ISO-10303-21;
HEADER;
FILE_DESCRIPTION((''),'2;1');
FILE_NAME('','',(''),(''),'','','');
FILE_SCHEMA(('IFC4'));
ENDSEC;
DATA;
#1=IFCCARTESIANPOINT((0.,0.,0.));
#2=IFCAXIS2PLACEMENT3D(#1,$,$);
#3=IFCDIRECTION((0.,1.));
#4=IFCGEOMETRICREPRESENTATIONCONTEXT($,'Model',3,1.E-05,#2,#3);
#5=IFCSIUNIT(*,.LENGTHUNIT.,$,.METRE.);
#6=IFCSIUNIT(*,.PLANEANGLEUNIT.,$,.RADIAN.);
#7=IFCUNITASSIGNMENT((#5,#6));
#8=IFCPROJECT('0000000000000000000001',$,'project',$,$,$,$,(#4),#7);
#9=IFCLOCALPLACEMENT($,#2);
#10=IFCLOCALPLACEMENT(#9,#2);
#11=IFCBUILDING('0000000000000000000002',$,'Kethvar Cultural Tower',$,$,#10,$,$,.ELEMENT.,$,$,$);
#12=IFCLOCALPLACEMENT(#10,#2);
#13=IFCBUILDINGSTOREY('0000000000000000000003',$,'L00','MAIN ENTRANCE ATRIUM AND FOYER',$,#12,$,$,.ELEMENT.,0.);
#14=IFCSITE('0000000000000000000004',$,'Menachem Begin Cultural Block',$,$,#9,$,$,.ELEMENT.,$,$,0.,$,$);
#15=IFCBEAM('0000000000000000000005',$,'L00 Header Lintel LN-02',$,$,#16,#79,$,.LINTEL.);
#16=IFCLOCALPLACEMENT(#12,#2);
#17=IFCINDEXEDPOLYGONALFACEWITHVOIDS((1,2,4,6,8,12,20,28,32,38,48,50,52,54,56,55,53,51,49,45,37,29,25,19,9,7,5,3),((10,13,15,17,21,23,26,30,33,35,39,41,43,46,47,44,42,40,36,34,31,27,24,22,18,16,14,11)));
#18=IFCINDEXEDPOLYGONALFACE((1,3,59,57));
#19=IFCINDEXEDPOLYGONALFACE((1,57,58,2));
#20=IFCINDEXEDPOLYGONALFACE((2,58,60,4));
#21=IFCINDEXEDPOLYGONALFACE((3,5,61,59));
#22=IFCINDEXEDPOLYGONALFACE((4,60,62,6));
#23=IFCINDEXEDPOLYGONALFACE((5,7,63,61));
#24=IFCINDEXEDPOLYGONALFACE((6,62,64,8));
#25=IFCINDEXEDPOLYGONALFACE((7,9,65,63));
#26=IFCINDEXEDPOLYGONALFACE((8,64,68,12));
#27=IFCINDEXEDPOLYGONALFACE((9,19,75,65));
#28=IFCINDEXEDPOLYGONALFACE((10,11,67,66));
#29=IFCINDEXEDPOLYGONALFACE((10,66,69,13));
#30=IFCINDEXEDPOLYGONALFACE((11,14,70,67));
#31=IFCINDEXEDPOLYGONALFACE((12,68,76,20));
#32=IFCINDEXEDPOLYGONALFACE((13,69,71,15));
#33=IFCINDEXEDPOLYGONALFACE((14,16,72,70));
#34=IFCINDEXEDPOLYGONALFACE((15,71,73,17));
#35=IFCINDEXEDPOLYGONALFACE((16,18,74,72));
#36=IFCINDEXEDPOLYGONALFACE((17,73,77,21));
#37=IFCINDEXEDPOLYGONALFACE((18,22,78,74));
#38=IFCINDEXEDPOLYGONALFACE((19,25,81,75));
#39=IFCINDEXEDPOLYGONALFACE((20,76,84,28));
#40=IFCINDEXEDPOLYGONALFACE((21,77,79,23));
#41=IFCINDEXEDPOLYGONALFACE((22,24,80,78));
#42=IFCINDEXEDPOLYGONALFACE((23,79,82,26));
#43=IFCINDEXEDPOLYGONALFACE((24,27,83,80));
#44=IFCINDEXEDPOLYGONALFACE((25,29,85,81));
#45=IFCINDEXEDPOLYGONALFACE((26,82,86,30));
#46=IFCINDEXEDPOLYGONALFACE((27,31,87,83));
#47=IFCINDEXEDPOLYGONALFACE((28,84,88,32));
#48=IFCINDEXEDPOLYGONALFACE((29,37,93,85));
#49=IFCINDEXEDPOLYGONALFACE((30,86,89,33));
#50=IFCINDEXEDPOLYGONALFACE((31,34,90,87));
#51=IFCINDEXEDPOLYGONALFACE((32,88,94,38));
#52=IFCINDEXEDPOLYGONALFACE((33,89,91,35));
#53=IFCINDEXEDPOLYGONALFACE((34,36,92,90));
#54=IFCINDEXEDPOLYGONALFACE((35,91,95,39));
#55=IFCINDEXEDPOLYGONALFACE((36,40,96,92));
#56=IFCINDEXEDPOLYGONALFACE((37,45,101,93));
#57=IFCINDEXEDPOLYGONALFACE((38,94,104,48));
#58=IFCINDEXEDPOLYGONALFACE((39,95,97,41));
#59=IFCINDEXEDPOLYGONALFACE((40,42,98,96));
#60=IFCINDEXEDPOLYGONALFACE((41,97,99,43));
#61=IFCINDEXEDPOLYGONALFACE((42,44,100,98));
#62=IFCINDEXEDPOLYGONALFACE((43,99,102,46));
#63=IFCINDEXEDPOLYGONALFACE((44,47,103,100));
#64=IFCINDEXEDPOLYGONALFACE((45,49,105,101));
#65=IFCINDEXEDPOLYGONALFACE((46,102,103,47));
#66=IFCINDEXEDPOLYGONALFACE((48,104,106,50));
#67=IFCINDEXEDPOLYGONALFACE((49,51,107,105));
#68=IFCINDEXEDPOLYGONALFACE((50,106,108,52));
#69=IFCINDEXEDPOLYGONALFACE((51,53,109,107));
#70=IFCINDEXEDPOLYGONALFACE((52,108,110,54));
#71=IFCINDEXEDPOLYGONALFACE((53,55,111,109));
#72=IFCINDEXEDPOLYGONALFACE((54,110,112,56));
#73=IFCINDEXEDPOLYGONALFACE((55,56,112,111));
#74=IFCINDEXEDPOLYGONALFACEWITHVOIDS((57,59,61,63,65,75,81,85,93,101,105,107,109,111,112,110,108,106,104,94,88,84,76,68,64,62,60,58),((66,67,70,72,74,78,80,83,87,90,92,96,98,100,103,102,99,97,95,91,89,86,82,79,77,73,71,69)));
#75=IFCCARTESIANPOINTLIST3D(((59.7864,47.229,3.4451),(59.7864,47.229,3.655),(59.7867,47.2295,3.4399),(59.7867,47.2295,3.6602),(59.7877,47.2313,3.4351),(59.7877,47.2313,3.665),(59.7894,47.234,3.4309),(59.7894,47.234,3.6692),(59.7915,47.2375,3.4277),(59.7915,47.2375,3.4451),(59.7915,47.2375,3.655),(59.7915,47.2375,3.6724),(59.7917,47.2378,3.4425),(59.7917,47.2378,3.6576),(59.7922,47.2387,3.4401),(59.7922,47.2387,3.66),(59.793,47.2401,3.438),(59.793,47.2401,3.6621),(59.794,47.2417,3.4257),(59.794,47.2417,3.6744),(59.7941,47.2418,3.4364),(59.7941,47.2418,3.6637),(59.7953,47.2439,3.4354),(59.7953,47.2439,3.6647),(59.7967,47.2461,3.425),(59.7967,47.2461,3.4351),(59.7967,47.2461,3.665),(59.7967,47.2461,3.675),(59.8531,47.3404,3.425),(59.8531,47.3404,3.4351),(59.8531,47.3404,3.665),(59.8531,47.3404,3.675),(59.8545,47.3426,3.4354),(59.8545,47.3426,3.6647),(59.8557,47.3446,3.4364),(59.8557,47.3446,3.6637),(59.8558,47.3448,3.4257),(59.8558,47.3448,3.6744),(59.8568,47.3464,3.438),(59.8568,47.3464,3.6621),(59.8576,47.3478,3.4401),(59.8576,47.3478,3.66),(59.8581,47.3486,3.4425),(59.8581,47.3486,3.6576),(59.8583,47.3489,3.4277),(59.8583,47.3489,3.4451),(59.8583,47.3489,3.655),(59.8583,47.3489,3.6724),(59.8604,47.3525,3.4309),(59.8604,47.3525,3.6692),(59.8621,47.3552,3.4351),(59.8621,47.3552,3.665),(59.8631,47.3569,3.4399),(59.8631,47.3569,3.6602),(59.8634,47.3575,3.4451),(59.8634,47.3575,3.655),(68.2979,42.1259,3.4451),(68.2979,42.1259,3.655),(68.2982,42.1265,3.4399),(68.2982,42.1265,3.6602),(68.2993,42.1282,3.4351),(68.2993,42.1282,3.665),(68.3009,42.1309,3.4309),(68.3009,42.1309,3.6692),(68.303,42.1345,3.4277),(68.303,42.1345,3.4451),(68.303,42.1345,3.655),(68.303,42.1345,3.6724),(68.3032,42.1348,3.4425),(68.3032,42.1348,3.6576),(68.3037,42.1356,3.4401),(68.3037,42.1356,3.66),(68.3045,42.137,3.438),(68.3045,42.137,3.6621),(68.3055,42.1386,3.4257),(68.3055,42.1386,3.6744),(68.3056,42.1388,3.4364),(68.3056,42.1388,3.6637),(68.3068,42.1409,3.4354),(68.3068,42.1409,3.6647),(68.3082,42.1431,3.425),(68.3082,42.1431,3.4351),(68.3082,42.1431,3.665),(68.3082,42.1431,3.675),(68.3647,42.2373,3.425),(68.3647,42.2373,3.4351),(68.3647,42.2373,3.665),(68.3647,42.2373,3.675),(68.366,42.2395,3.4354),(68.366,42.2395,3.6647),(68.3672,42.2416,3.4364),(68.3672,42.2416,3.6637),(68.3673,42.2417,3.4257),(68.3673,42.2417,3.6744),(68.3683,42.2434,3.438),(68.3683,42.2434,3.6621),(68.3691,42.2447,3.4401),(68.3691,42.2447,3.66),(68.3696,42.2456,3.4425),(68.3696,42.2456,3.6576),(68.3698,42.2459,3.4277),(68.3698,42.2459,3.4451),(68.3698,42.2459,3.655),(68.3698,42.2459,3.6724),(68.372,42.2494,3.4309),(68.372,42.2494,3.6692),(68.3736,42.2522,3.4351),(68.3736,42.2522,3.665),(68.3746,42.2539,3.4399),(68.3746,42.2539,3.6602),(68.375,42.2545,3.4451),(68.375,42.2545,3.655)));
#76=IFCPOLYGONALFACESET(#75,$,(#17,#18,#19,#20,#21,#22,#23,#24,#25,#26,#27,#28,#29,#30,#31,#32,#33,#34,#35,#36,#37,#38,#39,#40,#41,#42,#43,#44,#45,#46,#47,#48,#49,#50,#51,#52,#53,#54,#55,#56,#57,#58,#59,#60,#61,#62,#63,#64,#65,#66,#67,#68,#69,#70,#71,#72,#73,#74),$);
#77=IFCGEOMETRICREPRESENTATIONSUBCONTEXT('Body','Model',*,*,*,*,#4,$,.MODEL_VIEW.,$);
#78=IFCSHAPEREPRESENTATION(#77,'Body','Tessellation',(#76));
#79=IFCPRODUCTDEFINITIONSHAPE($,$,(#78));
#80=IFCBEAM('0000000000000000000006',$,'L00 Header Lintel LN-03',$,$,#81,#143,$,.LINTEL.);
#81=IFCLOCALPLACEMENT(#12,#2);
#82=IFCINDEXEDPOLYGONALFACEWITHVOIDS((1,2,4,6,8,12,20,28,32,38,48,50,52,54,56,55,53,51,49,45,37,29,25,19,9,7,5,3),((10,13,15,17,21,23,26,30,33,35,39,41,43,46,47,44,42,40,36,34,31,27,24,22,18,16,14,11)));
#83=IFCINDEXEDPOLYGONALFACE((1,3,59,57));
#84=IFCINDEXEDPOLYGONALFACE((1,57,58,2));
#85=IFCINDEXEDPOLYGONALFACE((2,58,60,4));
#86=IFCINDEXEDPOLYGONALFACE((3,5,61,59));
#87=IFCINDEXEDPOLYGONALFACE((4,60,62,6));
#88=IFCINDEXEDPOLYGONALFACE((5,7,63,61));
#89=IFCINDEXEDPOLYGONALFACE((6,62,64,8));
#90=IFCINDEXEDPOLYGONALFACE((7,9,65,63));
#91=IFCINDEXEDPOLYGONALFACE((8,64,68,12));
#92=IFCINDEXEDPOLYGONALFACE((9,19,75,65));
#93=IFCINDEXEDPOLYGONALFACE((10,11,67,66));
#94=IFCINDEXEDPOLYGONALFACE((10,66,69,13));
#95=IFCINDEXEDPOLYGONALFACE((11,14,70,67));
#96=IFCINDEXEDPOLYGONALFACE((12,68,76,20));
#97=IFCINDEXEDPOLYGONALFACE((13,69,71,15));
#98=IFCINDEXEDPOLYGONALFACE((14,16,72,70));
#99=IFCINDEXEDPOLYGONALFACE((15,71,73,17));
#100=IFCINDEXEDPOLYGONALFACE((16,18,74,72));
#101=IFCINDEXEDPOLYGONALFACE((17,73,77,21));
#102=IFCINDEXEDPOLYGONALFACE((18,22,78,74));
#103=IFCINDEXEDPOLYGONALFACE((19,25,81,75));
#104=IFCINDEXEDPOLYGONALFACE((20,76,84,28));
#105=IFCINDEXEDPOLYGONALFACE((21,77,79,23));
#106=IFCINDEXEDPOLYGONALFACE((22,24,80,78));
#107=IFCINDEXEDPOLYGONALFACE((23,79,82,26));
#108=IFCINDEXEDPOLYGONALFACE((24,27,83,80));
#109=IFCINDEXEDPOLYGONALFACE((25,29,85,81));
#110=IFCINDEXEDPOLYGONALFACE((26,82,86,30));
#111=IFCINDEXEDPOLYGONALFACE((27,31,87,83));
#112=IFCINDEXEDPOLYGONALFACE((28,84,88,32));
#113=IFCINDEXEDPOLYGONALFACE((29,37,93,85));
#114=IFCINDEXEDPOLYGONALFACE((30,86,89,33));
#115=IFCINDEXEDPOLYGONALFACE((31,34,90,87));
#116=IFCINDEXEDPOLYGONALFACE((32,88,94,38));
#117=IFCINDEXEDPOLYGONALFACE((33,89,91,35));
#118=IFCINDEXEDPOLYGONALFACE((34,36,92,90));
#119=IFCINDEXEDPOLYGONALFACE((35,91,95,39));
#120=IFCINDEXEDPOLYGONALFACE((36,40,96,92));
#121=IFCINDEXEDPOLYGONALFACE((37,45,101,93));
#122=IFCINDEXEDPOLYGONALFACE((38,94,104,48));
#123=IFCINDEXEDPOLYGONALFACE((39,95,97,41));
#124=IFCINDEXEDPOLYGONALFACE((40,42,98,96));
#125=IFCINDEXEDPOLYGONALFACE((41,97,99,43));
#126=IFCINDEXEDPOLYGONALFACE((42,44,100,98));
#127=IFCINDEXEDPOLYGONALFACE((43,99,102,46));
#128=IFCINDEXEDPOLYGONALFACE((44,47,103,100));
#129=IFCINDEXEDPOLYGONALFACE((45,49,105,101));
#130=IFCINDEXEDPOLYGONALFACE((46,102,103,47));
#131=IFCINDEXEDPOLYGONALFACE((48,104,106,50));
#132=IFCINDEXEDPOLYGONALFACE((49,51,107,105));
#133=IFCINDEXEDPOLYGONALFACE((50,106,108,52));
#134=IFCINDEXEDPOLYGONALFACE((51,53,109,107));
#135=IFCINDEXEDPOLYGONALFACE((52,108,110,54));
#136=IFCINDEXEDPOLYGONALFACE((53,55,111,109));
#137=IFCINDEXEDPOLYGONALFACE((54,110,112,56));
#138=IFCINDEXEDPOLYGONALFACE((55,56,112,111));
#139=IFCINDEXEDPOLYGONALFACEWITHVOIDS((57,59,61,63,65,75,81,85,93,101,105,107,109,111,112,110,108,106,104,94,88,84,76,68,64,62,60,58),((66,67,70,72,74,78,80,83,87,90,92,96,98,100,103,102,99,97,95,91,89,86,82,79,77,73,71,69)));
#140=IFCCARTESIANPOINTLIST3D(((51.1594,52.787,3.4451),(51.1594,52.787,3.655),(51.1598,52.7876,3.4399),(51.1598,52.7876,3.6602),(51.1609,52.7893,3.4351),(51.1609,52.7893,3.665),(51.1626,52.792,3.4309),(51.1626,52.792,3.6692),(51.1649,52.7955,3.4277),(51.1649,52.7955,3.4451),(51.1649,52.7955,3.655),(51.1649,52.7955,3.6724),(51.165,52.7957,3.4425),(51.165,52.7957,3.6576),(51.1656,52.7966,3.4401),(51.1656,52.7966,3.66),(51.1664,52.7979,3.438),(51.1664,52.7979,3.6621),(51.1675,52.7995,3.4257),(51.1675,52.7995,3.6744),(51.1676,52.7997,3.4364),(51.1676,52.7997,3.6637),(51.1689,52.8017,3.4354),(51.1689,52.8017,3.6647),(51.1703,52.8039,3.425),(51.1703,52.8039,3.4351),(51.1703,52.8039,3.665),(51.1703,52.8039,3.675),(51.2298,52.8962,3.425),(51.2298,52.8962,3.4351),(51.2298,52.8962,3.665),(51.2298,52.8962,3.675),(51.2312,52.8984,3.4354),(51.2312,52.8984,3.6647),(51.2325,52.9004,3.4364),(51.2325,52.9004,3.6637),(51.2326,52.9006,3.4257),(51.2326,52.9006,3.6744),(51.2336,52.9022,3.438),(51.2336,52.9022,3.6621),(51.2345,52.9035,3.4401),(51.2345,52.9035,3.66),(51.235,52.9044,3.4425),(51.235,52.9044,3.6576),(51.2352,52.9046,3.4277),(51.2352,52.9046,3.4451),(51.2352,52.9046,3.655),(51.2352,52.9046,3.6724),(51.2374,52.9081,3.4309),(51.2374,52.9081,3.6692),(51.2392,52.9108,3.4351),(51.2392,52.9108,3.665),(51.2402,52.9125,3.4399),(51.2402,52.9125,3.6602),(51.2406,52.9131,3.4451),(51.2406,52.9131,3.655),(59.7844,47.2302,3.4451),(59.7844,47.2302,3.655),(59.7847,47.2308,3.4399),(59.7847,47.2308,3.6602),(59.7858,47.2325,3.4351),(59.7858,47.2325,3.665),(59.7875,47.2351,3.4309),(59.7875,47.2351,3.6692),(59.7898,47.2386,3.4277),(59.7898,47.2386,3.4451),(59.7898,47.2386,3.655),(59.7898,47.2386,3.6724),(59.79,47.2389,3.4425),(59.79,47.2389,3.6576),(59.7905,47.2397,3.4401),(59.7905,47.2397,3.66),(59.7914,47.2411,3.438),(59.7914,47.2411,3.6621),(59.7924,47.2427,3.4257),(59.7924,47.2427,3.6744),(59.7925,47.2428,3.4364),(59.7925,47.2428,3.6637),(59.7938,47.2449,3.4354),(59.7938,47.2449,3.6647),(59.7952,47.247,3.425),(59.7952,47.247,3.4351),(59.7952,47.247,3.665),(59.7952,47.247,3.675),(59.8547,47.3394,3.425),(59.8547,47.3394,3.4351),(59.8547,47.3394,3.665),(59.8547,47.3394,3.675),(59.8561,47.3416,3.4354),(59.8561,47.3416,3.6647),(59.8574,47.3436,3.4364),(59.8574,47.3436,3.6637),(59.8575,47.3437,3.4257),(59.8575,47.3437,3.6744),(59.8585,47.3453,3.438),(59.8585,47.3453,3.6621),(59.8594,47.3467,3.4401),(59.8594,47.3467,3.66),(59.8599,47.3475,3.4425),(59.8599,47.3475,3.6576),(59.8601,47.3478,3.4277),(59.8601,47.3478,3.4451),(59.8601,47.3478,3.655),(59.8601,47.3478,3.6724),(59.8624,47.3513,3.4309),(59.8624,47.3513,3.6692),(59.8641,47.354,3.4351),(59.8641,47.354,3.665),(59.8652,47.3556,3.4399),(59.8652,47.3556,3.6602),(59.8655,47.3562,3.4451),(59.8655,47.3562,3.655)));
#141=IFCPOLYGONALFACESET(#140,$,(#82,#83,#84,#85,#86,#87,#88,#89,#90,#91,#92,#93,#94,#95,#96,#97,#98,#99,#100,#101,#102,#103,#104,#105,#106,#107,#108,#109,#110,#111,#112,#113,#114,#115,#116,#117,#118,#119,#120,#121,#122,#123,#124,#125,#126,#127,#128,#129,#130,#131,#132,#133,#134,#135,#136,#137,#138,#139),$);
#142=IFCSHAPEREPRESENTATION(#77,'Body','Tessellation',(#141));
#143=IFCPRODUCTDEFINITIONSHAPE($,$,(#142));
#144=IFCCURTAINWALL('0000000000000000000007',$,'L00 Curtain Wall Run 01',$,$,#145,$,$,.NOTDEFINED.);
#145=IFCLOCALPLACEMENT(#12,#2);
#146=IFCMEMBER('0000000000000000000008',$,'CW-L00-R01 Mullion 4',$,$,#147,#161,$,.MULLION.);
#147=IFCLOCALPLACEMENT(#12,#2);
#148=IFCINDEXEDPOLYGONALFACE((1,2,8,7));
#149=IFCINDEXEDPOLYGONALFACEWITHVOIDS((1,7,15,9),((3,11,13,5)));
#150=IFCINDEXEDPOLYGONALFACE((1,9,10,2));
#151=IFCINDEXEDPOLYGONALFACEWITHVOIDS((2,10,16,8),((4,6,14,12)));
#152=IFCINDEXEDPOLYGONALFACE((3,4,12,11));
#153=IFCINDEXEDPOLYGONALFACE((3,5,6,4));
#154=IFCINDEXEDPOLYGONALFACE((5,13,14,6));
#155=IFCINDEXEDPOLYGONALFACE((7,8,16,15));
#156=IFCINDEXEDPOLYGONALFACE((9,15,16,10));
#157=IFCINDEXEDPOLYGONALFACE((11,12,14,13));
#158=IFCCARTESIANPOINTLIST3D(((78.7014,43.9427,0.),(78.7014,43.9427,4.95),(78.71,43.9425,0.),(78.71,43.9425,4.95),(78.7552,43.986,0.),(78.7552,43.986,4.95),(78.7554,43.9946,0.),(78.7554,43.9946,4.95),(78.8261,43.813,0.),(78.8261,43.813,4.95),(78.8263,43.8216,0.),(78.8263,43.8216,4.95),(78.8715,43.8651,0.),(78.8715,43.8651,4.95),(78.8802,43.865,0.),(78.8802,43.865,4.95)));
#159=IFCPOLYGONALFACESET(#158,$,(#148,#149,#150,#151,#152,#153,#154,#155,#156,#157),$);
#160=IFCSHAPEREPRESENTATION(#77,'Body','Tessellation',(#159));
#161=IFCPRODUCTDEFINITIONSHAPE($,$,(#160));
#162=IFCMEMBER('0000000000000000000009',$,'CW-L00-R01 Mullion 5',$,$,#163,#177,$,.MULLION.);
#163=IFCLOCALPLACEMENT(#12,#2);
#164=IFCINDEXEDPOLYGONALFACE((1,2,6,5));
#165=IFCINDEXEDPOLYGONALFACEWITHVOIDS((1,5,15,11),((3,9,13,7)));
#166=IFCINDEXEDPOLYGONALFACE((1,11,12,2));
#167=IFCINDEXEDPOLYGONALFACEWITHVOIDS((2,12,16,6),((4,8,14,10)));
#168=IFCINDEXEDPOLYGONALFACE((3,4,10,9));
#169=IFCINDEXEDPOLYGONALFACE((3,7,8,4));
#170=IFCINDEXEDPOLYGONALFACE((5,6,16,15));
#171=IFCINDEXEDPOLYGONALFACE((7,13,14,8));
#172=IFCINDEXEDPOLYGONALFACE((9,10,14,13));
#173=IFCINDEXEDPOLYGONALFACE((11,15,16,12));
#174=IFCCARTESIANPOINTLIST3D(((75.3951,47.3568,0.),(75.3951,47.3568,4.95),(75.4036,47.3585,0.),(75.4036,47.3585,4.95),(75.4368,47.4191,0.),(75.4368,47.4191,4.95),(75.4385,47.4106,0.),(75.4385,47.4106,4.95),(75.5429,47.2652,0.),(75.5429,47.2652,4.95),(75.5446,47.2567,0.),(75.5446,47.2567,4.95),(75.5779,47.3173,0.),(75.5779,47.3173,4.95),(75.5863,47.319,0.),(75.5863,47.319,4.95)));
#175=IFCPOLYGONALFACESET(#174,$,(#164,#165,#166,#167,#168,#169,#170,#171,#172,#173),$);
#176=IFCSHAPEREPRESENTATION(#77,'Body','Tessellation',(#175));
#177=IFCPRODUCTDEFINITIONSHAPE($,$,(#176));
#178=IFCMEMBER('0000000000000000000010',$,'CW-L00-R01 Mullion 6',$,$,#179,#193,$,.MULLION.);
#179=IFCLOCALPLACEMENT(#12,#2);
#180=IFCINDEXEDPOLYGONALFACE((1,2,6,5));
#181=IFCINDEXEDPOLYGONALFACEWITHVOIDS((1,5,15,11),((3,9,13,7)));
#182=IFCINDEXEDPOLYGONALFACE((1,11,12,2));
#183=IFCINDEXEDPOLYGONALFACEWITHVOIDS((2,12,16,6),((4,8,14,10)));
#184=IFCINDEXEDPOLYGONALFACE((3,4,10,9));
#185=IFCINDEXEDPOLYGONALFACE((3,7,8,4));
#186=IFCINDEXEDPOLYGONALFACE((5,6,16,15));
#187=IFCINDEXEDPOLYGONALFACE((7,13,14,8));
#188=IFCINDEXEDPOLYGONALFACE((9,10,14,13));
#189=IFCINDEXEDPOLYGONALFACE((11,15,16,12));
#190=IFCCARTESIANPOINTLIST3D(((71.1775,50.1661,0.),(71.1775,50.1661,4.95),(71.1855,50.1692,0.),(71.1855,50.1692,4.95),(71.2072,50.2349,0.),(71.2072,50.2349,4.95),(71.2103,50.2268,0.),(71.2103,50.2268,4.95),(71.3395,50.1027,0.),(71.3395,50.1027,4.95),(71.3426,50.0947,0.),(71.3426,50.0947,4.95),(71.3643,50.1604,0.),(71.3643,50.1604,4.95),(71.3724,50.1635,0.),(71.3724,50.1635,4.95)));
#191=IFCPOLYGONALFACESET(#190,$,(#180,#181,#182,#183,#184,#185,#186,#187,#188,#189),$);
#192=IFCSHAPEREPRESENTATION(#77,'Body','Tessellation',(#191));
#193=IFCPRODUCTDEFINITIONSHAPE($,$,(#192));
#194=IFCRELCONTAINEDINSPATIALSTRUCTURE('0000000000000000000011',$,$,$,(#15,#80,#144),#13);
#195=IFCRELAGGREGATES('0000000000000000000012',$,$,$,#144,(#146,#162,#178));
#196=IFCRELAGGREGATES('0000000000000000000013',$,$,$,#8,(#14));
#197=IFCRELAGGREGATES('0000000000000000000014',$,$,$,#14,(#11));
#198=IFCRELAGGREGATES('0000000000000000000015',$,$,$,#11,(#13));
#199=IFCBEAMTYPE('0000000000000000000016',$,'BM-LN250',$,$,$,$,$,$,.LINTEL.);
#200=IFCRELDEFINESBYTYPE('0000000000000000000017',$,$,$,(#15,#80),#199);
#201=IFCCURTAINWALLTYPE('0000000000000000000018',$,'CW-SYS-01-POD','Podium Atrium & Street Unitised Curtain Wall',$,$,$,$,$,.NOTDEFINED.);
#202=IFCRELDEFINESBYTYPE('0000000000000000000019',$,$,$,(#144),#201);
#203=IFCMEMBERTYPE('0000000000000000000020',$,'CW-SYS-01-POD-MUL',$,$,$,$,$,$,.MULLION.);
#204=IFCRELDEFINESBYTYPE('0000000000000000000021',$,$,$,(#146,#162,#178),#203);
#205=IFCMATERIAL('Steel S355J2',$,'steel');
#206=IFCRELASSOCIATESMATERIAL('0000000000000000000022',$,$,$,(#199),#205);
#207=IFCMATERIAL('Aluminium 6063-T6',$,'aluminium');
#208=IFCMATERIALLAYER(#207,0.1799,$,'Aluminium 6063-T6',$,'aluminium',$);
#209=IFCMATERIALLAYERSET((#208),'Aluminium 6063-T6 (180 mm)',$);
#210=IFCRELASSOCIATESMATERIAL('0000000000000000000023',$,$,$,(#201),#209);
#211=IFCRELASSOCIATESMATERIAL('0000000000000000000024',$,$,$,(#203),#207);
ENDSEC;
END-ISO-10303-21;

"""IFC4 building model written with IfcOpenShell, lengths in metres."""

from ifc_helpers import new_model, si_unit, direction, frame, origin, origin_2d, place, context, subcontext, project, spatial, hollow_rectangle, extrude, source, transform, mapped, material, layer, layer_set, material_profile, profile_set, type_object, element, aggregate, save


model = new_model("IFC4")

# Units and contexts
model_context = context("Model", 3, precision=1e-05, world=origin(), true_north=direction((0.0, 1.0)))
body_context = subcontext(model_context, "Body", "Model", "MODEL_VIEW")
ifc_project = project(units=[si_unit("LENGTHUNIT", "METRE"), si_unit("PLANEANGLEUNIT", "RADIAN")], contexts=[model_context])

# Site, building, storey
site_placement = place(None, origin())
site = spatial("IfcSite", under=ifc_project, at=site_placement, Name="Menachem Begin Cultural Block", CompositionType="ELEMENT", RefElevation=0.0)
building_placement = place(site_placement, origin())
building = spatial("IfcBuilding", under=site, at=building_placement, Name="Kethvar Cultural Tower", CompositionType="ELEMENT")
storey_placement = place(building_placement, origin())
storey = spatial("IfcBuildingStorey", under=building, at=storey_placement, Name="L00", Description="MAIN ENTRANCE ATRIUM AND FOYER", CompositionType="ELEMENT", Elevation=0.0)

# Beams
ifc_material_1 = material(Name="Steel S355J2", Category="steel")
ifc_material_profile_1 = material_profile(ifc_material_1, hollow_rectangle(XDim=0.1499, YDim=0.25, WallThickness=0.01, InnerFilletRadius=0.01, OuterFilletRadius=0.02, at=origin_2d()), Name="Steel S355J2 — RHS250x150x10")
ifc_profile_set_1 = profile_set([ifc_material_profile_1], Name="Steel S355J2 — RHS250x150x10")
beam_type_1 = type_object("IfcBeamType", Name="BM-LN250", PredefinedType="LINTEL", material=ifc_profile_set_1)
shared_shape_1 = source(origin(), body_context, "Body", "SweptSolid", [
    extrude(hollow_rectangle(XDim=0.1499, YDim=0.25, WallThickness=0.01, InnerFilletRadius=0.01, OuterFilletRadius=0.02, at=origin_2d()), origin(), (0.0, 0.0, 1.0), 9.9241),
])
beam_1_placement = place(storey_placement, frame((68.3364, 42.1902, 3.55), z_axis=(-0.857664, 0.51421, 0.0), x_axis=(-0.51421, -0.857664, 0.0)))
element("IfcBeam", 1, at=beam_1_placement, inside=storey, type_object=beam_type_1, Name="L00 Header Lintel LN-02", PredefinedType="LINTEL", context=body_context, shape_type="MappedRepresentation", body=[
    mapped(shared_shape_1, transform((0.0, 0.0, 0.0), scale=1.0)),
])
shared_shape_2 = source(origin(), body_context, "Body", "SweptSolid", [
    extrude(hollow_rectangle(XDim=0.1499, YDim=0.25, WallThickness=0.01, InnerFilletRadius=0.01, OuterFilletRadius=0.02, at=origin_2d()), origin(), (0.0, 0.0, 1.0), 10.26),
])
beam_2_placement = place(storey_placement, frame((59.825, 47.2932, 3.55), z_axis=(-0.840635, 0.541602, 0.0), x_axis=(-0.541602, -0.840635, 0.0)))
element("IfcBeam", 2, at=beam_2_placement, inside=storey, type_object=beam_type_1, Name="L00 Header Lintel LN-03", PredefinedType="LINTEL", context=body_context, shape_type="MappedRepresentation", body=[
    mapped(shared_shape_2, transform((0.0, 0.0, 0.0), scale=1.0)),
])

# Curtain wall, members
ifc_material_2 = material(Name="Aluminium 6063-T6", Category="aluminium")
ifc_layer_1 = layer(ifc_material_2, 0.1799, Name="Aluminium 6063-T6", Category="aluminium")
ifc_layer_set_1 = layer_set([ifc_layer_1], Name="Aluminium 6063-T6 (180 mm)")
curtain_wall_type = type_object("IfcCurtainWallType", Name="CW-SYS-01-POD", Description="Podium Atrium & Street Unitised Curtain Wall", PredefinedType="NOTDEFINED", material=ifc_layer_set_1)
curtain_wall_placement = place(storey_placement, origin())
curtain_wall = element("IfcCurtainWall", 3, at=curtain_wall_placement, inside=storey, type_object=curtain_wall_type, Name="L00 Curtain Wall Run 01", PredefinedType="NOTDEFINED")
ifc_material_profile_2 = material_profile(ifc_material_2, hollow_rectangle(XDim=0.075, YDim=0.1799, WallThickness=0.0061, at=origin_2d()), Name="Aluminium 6063-T6 — RHS180x75x6")
ifc_profile_set_2 = profile_set([ifc_material_profile_2], Name="Aluminium 6063-T6 — RHS180x75x6")
member_type_1 = type_object("IfcMemberType", Name="CW-SYS-01-POD-MUL", PredefinedType="MULLION", material=ifc_profile_set_2)
shared_shape_3 = source(origin(), body_context, "Body", "SweptSolid", [
    extrude(hollow_rectangle(XDim=0.075, YDim=0.1799, WallThickness=0.0061, at=origin_2d()), origin(), (0.0, 0.0, 1.0), 4.95),
])
member_1_placement = place(storey_placement, frame((78.7908, 43.9038, 0.0), z_axis=(0.0, 0.0, 1.0), x_axis=(-0.720612, -0.693339, 0.0)))
member_1 = element("IfcMember", 4, at=member_1_placement, type_object=member_type_1, Name="CW-L00-R01 Mullion 4", PredefinedType="MULLION", context=body_context, shape_type="MappedRepresentation", body=[
    mapped(shared_shape_3, transform((0.0, 0.0, 0.0), scale=1.0)),
])
member_2_placement = place(storey_placement, frame((75.4907, 47.3379, 0.0), z_axis=(0.0, 0.0, 1.0), x_axis=(-0.556557, -0.83081, 0.0)))
member_2 = element("IfcMember", 5, at=member_2_placement, type_object=member_type_1, Name="CW-L00-R01 Mullion 5", PredefinedType="MULLION", context=body_context, shape_type="MappedRepresentation", body=[
    mapped(shared_shape_3, transform((0.0, 0.0, 0.0), scale=1.0)),
])
member_3_placement = place(storey_placement, frame((71.2749, 50.1648, 0.0), z_axis=(0.0, 0.0, 1.0), x_axis=(-0.396411, -0.918073, 0.0)))
member_3 = element("IfcMember", 6, at=member_3_placement, type_object=member_type_1, Name="CW-L00-R01 Mullion 6", PredefinedType="MULLION", context=body_context, shape_type="MappedRepresentation", body=[
    mapped(shared_shape_3, transform((0.0, 0.0, 0.0), scale=1.0)),
])

aggregate(curtain_wall, [member_1, member_2, member_3])

save(model, "model.ifc")
